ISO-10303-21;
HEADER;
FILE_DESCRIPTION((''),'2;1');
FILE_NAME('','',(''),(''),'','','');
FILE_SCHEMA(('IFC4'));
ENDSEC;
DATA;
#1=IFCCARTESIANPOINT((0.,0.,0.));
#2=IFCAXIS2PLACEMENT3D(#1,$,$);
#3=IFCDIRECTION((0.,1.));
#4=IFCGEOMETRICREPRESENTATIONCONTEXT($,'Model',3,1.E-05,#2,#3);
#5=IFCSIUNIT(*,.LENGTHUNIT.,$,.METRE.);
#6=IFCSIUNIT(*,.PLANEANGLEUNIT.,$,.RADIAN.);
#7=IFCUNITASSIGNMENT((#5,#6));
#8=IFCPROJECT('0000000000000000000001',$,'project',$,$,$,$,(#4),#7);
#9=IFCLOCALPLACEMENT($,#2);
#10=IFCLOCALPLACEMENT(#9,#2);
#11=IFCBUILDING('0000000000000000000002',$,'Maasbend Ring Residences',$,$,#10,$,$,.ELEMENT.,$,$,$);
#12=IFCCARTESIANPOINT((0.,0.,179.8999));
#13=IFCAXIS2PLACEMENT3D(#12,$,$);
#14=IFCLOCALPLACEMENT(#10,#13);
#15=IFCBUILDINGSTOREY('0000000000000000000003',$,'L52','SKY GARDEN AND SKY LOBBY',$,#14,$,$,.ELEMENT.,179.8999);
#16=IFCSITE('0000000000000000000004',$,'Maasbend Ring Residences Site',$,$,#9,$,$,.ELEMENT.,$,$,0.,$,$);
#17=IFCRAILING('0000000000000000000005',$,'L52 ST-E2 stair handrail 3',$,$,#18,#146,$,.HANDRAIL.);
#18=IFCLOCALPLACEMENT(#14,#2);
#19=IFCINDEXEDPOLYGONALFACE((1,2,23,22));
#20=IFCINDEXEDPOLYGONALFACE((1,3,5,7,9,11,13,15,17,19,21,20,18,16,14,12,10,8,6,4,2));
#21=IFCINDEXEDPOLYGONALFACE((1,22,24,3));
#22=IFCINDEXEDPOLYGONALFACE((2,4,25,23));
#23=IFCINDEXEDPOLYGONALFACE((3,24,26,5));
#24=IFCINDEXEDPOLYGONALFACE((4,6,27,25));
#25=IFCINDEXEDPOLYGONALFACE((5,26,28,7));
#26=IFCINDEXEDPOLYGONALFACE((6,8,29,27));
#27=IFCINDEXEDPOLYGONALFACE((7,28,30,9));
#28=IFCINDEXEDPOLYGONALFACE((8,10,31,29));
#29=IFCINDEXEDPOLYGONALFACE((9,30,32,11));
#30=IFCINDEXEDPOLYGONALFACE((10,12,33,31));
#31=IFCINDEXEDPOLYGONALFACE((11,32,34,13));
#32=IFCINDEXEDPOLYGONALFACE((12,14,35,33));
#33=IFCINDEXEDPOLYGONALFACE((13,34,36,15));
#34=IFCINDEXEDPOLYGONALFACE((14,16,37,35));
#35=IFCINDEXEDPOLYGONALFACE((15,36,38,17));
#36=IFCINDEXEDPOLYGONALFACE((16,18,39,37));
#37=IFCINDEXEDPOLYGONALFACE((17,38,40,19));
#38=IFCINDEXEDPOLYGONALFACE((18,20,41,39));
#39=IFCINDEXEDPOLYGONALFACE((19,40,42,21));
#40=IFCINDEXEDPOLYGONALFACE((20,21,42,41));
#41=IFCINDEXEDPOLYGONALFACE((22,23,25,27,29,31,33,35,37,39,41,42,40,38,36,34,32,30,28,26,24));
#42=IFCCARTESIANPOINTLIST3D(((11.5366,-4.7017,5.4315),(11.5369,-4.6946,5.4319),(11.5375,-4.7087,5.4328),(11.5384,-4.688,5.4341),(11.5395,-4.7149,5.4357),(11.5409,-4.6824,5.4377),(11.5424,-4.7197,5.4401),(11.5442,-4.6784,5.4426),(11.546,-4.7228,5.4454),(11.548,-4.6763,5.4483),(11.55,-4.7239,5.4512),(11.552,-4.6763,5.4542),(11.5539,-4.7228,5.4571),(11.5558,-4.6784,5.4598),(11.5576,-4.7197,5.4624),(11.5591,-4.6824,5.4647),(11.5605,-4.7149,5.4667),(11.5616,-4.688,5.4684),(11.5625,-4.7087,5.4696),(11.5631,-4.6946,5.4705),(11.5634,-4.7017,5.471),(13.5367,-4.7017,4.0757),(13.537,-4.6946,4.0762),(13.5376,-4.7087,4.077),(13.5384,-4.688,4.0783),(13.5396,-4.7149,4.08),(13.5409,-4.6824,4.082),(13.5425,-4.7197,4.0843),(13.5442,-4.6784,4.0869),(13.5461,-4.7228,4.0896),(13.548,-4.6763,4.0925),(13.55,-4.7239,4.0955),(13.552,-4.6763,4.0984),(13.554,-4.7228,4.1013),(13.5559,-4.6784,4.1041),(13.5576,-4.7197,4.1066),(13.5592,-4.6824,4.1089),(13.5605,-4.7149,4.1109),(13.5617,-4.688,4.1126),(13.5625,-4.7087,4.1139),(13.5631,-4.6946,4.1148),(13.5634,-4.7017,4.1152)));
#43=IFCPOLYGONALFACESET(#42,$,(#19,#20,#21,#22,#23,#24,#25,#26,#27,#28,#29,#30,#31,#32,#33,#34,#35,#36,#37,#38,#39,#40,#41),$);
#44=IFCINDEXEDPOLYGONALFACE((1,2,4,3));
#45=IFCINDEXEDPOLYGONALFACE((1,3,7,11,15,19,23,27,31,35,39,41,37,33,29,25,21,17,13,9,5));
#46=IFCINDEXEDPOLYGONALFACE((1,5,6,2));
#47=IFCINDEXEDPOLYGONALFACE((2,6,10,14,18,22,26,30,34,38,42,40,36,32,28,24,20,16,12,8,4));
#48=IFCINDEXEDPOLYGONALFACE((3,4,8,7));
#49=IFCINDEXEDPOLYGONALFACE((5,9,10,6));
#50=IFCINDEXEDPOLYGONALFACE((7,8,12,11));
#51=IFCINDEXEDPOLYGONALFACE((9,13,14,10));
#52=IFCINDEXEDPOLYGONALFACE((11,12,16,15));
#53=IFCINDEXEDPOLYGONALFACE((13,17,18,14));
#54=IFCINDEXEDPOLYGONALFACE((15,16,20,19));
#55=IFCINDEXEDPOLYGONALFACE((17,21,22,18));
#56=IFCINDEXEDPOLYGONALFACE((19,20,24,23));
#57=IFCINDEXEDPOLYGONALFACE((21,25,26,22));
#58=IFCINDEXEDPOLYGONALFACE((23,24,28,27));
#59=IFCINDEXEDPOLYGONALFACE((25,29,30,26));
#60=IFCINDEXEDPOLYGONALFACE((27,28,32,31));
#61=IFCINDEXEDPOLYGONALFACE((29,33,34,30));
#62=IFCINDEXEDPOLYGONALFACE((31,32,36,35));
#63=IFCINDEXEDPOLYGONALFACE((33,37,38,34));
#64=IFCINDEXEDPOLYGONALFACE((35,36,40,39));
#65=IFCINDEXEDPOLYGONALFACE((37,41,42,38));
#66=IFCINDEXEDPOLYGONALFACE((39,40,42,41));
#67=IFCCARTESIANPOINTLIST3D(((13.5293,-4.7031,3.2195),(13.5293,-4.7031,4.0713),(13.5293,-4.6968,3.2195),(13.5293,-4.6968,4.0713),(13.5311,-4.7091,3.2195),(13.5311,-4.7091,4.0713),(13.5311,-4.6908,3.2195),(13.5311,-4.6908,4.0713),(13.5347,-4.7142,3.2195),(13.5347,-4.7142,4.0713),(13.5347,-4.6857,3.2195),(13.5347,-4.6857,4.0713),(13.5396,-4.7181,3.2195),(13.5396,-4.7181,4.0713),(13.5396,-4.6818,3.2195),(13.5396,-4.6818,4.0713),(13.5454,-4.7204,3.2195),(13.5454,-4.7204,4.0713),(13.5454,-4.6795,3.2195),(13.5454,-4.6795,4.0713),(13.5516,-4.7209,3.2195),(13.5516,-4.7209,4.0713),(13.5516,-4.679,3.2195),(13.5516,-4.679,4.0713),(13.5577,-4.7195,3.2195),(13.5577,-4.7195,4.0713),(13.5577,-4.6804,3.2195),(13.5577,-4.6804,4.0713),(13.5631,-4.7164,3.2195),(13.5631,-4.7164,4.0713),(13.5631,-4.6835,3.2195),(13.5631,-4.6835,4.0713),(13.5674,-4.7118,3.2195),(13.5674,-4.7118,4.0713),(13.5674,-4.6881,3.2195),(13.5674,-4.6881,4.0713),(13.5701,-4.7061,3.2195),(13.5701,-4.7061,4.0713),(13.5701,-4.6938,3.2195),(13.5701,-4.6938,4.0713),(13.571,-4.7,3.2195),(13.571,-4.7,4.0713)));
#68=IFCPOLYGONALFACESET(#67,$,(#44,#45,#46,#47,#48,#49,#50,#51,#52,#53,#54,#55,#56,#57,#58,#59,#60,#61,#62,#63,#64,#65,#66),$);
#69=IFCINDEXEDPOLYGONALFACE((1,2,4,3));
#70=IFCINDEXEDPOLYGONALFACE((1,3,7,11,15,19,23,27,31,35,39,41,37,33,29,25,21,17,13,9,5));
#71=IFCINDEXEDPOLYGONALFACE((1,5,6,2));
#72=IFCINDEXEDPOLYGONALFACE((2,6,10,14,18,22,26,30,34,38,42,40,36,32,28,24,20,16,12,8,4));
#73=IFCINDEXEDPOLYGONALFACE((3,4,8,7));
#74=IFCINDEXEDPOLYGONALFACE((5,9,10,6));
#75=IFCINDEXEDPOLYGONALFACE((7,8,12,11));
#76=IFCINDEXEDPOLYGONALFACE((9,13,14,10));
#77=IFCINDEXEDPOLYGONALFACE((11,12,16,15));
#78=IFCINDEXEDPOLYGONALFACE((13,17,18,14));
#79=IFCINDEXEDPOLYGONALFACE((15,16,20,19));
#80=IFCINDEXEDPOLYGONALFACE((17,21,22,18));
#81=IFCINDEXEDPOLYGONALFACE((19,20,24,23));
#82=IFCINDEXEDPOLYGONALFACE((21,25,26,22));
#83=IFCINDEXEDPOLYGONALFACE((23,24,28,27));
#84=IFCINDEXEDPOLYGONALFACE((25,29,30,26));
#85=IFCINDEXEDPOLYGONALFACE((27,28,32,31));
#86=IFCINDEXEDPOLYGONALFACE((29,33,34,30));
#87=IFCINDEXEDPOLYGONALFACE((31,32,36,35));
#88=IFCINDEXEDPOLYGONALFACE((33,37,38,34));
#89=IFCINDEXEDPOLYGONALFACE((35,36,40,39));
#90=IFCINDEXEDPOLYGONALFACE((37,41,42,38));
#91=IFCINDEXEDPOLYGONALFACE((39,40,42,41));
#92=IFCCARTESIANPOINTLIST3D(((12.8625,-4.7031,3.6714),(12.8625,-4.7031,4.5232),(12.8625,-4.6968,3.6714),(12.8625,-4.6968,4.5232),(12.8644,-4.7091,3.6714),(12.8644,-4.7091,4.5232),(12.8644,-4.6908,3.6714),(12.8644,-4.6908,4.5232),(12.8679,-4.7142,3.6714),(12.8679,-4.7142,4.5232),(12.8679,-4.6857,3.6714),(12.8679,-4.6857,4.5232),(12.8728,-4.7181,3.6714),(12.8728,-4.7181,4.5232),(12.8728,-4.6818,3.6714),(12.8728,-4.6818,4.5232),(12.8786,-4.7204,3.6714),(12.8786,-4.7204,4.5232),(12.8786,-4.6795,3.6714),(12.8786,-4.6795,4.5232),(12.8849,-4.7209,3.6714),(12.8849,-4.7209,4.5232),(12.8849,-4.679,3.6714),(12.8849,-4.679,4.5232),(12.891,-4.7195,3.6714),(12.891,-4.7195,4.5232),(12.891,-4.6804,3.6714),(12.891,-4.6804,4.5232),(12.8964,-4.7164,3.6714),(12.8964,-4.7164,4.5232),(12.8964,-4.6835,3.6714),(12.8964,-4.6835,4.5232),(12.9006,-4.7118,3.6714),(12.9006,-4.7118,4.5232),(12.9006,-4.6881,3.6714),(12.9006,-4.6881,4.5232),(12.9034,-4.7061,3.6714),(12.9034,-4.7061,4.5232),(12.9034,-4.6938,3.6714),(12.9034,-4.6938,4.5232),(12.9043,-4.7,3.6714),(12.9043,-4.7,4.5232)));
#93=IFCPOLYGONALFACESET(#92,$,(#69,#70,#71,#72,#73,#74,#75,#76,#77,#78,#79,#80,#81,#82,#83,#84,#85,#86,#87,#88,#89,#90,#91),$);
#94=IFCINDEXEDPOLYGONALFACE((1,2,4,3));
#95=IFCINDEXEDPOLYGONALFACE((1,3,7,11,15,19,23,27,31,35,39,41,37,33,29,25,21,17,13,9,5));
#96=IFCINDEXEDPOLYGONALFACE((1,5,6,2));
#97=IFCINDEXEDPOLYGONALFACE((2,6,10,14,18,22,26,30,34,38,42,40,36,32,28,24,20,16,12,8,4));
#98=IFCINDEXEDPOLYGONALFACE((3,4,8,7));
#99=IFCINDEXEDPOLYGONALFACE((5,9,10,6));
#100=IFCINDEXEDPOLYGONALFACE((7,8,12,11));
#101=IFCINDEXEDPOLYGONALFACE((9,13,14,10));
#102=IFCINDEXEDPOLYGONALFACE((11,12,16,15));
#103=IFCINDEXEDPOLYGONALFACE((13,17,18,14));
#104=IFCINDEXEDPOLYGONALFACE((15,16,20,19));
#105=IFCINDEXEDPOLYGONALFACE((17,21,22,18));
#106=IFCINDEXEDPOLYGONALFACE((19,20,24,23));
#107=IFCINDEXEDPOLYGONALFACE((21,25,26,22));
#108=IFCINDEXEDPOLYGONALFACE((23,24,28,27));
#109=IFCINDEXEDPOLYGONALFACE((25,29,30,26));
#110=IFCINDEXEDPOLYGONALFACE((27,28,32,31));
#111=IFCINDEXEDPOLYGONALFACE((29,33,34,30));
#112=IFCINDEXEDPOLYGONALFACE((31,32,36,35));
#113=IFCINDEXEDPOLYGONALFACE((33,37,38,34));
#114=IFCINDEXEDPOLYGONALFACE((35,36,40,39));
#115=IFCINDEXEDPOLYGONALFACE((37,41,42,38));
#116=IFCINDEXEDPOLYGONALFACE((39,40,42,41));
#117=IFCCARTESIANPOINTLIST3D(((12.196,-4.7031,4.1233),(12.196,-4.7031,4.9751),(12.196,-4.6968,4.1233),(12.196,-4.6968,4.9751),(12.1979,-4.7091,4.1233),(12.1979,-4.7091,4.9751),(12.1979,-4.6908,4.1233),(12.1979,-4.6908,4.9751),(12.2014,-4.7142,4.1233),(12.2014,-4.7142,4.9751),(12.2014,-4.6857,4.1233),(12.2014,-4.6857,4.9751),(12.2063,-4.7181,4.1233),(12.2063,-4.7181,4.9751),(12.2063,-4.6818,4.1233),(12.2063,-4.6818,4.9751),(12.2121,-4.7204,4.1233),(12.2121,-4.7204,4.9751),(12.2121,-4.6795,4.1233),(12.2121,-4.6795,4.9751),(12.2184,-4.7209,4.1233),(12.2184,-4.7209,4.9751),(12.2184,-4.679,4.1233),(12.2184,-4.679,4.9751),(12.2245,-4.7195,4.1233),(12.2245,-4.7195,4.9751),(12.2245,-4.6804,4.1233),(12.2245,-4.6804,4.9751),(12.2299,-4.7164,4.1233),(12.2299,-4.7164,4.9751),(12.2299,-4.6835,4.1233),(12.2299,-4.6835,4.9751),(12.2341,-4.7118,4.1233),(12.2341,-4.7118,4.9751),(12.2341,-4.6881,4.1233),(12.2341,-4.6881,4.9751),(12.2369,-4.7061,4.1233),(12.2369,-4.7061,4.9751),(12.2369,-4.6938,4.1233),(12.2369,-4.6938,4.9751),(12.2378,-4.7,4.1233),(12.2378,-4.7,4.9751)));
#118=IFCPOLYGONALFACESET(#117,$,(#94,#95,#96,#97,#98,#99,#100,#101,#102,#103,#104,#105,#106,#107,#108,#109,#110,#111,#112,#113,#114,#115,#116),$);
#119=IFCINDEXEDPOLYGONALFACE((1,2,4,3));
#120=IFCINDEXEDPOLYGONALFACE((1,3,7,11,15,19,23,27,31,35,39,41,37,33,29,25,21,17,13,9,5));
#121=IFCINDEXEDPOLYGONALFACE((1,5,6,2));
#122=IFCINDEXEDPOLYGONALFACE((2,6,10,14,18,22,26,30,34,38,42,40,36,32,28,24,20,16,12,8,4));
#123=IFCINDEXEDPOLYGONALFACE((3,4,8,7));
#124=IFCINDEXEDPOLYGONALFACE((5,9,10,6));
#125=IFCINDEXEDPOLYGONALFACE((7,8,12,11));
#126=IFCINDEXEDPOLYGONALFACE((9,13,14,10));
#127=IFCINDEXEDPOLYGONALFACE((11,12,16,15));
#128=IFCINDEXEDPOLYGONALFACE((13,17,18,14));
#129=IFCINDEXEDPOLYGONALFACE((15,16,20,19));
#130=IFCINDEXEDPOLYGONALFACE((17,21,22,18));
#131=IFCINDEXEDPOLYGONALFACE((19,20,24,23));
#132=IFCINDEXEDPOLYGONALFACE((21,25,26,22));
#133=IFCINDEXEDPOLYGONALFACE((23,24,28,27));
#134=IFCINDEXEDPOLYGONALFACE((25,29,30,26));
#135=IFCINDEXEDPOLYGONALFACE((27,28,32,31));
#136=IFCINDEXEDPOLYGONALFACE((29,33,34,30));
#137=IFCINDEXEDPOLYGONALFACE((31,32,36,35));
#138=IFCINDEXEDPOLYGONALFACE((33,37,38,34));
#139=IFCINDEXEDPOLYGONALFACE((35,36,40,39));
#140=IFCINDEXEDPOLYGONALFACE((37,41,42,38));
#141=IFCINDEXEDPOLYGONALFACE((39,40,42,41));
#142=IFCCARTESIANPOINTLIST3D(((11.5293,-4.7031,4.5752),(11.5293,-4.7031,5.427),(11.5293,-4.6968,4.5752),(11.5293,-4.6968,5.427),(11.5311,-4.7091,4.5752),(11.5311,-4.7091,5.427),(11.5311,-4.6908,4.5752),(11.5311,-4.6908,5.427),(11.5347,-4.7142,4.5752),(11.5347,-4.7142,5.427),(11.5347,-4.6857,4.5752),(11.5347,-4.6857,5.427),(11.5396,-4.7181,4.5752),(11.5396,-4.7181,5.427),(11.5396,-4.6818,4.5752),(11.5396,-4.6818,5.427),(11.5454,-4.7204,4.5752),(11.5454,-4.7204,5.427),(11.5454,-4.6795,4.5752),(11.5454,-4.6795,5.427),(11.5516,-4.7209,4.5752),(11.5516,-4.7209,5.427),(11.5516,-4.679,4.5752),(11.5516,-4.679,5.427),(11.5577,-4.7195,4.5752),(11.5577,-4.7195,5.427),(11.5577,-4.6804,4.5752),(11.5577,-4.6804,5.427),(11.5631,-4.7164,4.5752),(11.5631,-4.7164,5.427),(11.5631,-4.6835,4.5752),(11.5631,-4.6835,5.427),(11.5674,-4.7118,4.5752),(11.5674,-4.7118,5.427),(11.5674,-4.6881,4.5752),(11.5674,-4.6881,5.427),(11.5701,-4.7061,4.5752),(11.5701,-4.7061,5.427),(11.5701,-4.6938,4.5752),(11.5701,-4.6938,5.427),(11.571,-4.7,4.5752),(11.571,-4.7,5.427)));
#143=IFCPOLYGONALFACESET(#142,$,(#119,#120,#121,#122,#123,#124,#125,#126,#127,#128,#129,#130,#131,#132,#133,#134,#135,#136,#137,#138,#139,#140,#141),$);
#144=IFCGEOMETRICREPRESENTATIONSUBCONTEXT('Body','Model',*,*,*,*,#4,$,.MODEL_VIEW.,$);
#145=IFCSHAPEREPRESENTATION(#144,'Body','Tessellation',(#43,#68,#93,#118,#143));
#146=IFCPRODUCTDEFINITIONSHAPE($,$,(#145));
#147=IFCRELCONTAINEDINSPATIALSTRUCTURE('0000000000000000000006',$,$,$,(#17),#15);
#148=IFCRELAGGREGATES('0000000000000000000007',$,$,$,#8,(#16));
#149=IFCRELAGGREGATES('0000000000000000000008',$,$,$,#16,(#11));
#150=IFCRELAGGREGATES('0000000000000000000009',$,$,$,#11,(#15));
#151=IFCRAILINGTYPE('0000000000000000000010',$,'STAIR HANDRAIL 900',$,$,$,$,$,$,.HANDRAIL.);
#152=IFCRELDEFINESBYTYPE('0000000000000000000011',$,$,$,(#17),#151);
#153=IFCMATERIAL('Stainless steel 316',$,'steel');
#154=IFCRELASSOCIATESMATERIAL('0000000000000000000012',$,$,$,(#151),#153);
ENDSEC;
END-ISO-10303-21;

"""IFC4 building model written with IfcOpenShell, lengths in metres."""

from ifc_helpers import new_model, si_unit, direction, frame, origin, origin_2d, place, context, subcontext, project, spatial, circle, extrude, material, type_object, element, save


model = new_model("IFC4")

# Units and contexts
model_context = context("Model", 3, precision=1e-05, world=origin(), true_north=direction((0.0, 1.0)))
body_context = subcontext(model_context, "Body", "Model", "MODEL_VIEW")
ifc_project = project(units=[si_unit("LENGTHUNIT", "METRE"), si_unit("PLANEANGLEUNIT", "RADIAN")], contexts=[model_context])

# Site, building, storey
site_placement = place(None, origin())
site = spatial("IfcSite", under=ifc_project, at=site_placement, Name="Maasbend Ring Residences Site", CompositionType="ELEMENT", RefElevation=0.0)
building_placement = place(site_placement, origin())
building = spatial("IfcBuilding", under=site, at=building_placement, Name="Maasbend Ring Residences", CompositionType="ELEMENT")
storey_placement = place(building_placement, frame((0.0, 0.0, 179.8999)))
storey = spatial("IfcBuildingStorey", under=building, at=storey_placement, Name="L52", Description="SKY GARDEN AND SKY LOBBY", CompositionType="ELEMENT", Elevation=179.8999)

# Railing
ifc_material_1 = material(Name="Stainless steel 316", Category="steel")
railing_type_1 = type_object("IfcRailingType", Name="STAIR HANDRAIL 900", PredefinedType="HANDRAIL", material=ifc_material_1)
railing_1_placement = place(storey_placement, frame((13.55, -4.7, 3.2195)))
element("IfcRailing", 1, at=railing_1_placement, inside=storey, type_object=railing_type_1, Name="L52 ST-E2 stair handrail 3", PredefinedType="HANDRAIL", context=body_context, shape_type="SweptSolid", body=[
    extrude(circle(Radius=0.0239, at=origin_2d()), frame((0.0, 0.0, 0.876), z_axis=(-0.827751, 0.0, 0.561096), x_axis=(0.0, -1.0, 0.0)), (0.0, 0.0, 1.0), 2.4163),
    extrude(circle(Radius=0.021, at=origin_2d()), origin(), (0.0, 0.0, 1.0), 0.8518),
    extrude(circle(Radius=0.021, at=origin_2d()), frame((-0.6667, 0.0, 0.4519)), (0.0, 0.0, 1.0), 0.8518),
    extrude(circle(Radius=0.021, at=origin_2d()), frame((-1.3333, 0.0, 0.9038)), (0.0, 0.0, 1.0), 0.8518),
    extrude(circle(Radius=0.021, at=origin_2d()), frame((-2.0, 0.0, 1.3557)), (0.0, 0.0, 1.0), 0.8518),
])

save(model, "model.ifc")
